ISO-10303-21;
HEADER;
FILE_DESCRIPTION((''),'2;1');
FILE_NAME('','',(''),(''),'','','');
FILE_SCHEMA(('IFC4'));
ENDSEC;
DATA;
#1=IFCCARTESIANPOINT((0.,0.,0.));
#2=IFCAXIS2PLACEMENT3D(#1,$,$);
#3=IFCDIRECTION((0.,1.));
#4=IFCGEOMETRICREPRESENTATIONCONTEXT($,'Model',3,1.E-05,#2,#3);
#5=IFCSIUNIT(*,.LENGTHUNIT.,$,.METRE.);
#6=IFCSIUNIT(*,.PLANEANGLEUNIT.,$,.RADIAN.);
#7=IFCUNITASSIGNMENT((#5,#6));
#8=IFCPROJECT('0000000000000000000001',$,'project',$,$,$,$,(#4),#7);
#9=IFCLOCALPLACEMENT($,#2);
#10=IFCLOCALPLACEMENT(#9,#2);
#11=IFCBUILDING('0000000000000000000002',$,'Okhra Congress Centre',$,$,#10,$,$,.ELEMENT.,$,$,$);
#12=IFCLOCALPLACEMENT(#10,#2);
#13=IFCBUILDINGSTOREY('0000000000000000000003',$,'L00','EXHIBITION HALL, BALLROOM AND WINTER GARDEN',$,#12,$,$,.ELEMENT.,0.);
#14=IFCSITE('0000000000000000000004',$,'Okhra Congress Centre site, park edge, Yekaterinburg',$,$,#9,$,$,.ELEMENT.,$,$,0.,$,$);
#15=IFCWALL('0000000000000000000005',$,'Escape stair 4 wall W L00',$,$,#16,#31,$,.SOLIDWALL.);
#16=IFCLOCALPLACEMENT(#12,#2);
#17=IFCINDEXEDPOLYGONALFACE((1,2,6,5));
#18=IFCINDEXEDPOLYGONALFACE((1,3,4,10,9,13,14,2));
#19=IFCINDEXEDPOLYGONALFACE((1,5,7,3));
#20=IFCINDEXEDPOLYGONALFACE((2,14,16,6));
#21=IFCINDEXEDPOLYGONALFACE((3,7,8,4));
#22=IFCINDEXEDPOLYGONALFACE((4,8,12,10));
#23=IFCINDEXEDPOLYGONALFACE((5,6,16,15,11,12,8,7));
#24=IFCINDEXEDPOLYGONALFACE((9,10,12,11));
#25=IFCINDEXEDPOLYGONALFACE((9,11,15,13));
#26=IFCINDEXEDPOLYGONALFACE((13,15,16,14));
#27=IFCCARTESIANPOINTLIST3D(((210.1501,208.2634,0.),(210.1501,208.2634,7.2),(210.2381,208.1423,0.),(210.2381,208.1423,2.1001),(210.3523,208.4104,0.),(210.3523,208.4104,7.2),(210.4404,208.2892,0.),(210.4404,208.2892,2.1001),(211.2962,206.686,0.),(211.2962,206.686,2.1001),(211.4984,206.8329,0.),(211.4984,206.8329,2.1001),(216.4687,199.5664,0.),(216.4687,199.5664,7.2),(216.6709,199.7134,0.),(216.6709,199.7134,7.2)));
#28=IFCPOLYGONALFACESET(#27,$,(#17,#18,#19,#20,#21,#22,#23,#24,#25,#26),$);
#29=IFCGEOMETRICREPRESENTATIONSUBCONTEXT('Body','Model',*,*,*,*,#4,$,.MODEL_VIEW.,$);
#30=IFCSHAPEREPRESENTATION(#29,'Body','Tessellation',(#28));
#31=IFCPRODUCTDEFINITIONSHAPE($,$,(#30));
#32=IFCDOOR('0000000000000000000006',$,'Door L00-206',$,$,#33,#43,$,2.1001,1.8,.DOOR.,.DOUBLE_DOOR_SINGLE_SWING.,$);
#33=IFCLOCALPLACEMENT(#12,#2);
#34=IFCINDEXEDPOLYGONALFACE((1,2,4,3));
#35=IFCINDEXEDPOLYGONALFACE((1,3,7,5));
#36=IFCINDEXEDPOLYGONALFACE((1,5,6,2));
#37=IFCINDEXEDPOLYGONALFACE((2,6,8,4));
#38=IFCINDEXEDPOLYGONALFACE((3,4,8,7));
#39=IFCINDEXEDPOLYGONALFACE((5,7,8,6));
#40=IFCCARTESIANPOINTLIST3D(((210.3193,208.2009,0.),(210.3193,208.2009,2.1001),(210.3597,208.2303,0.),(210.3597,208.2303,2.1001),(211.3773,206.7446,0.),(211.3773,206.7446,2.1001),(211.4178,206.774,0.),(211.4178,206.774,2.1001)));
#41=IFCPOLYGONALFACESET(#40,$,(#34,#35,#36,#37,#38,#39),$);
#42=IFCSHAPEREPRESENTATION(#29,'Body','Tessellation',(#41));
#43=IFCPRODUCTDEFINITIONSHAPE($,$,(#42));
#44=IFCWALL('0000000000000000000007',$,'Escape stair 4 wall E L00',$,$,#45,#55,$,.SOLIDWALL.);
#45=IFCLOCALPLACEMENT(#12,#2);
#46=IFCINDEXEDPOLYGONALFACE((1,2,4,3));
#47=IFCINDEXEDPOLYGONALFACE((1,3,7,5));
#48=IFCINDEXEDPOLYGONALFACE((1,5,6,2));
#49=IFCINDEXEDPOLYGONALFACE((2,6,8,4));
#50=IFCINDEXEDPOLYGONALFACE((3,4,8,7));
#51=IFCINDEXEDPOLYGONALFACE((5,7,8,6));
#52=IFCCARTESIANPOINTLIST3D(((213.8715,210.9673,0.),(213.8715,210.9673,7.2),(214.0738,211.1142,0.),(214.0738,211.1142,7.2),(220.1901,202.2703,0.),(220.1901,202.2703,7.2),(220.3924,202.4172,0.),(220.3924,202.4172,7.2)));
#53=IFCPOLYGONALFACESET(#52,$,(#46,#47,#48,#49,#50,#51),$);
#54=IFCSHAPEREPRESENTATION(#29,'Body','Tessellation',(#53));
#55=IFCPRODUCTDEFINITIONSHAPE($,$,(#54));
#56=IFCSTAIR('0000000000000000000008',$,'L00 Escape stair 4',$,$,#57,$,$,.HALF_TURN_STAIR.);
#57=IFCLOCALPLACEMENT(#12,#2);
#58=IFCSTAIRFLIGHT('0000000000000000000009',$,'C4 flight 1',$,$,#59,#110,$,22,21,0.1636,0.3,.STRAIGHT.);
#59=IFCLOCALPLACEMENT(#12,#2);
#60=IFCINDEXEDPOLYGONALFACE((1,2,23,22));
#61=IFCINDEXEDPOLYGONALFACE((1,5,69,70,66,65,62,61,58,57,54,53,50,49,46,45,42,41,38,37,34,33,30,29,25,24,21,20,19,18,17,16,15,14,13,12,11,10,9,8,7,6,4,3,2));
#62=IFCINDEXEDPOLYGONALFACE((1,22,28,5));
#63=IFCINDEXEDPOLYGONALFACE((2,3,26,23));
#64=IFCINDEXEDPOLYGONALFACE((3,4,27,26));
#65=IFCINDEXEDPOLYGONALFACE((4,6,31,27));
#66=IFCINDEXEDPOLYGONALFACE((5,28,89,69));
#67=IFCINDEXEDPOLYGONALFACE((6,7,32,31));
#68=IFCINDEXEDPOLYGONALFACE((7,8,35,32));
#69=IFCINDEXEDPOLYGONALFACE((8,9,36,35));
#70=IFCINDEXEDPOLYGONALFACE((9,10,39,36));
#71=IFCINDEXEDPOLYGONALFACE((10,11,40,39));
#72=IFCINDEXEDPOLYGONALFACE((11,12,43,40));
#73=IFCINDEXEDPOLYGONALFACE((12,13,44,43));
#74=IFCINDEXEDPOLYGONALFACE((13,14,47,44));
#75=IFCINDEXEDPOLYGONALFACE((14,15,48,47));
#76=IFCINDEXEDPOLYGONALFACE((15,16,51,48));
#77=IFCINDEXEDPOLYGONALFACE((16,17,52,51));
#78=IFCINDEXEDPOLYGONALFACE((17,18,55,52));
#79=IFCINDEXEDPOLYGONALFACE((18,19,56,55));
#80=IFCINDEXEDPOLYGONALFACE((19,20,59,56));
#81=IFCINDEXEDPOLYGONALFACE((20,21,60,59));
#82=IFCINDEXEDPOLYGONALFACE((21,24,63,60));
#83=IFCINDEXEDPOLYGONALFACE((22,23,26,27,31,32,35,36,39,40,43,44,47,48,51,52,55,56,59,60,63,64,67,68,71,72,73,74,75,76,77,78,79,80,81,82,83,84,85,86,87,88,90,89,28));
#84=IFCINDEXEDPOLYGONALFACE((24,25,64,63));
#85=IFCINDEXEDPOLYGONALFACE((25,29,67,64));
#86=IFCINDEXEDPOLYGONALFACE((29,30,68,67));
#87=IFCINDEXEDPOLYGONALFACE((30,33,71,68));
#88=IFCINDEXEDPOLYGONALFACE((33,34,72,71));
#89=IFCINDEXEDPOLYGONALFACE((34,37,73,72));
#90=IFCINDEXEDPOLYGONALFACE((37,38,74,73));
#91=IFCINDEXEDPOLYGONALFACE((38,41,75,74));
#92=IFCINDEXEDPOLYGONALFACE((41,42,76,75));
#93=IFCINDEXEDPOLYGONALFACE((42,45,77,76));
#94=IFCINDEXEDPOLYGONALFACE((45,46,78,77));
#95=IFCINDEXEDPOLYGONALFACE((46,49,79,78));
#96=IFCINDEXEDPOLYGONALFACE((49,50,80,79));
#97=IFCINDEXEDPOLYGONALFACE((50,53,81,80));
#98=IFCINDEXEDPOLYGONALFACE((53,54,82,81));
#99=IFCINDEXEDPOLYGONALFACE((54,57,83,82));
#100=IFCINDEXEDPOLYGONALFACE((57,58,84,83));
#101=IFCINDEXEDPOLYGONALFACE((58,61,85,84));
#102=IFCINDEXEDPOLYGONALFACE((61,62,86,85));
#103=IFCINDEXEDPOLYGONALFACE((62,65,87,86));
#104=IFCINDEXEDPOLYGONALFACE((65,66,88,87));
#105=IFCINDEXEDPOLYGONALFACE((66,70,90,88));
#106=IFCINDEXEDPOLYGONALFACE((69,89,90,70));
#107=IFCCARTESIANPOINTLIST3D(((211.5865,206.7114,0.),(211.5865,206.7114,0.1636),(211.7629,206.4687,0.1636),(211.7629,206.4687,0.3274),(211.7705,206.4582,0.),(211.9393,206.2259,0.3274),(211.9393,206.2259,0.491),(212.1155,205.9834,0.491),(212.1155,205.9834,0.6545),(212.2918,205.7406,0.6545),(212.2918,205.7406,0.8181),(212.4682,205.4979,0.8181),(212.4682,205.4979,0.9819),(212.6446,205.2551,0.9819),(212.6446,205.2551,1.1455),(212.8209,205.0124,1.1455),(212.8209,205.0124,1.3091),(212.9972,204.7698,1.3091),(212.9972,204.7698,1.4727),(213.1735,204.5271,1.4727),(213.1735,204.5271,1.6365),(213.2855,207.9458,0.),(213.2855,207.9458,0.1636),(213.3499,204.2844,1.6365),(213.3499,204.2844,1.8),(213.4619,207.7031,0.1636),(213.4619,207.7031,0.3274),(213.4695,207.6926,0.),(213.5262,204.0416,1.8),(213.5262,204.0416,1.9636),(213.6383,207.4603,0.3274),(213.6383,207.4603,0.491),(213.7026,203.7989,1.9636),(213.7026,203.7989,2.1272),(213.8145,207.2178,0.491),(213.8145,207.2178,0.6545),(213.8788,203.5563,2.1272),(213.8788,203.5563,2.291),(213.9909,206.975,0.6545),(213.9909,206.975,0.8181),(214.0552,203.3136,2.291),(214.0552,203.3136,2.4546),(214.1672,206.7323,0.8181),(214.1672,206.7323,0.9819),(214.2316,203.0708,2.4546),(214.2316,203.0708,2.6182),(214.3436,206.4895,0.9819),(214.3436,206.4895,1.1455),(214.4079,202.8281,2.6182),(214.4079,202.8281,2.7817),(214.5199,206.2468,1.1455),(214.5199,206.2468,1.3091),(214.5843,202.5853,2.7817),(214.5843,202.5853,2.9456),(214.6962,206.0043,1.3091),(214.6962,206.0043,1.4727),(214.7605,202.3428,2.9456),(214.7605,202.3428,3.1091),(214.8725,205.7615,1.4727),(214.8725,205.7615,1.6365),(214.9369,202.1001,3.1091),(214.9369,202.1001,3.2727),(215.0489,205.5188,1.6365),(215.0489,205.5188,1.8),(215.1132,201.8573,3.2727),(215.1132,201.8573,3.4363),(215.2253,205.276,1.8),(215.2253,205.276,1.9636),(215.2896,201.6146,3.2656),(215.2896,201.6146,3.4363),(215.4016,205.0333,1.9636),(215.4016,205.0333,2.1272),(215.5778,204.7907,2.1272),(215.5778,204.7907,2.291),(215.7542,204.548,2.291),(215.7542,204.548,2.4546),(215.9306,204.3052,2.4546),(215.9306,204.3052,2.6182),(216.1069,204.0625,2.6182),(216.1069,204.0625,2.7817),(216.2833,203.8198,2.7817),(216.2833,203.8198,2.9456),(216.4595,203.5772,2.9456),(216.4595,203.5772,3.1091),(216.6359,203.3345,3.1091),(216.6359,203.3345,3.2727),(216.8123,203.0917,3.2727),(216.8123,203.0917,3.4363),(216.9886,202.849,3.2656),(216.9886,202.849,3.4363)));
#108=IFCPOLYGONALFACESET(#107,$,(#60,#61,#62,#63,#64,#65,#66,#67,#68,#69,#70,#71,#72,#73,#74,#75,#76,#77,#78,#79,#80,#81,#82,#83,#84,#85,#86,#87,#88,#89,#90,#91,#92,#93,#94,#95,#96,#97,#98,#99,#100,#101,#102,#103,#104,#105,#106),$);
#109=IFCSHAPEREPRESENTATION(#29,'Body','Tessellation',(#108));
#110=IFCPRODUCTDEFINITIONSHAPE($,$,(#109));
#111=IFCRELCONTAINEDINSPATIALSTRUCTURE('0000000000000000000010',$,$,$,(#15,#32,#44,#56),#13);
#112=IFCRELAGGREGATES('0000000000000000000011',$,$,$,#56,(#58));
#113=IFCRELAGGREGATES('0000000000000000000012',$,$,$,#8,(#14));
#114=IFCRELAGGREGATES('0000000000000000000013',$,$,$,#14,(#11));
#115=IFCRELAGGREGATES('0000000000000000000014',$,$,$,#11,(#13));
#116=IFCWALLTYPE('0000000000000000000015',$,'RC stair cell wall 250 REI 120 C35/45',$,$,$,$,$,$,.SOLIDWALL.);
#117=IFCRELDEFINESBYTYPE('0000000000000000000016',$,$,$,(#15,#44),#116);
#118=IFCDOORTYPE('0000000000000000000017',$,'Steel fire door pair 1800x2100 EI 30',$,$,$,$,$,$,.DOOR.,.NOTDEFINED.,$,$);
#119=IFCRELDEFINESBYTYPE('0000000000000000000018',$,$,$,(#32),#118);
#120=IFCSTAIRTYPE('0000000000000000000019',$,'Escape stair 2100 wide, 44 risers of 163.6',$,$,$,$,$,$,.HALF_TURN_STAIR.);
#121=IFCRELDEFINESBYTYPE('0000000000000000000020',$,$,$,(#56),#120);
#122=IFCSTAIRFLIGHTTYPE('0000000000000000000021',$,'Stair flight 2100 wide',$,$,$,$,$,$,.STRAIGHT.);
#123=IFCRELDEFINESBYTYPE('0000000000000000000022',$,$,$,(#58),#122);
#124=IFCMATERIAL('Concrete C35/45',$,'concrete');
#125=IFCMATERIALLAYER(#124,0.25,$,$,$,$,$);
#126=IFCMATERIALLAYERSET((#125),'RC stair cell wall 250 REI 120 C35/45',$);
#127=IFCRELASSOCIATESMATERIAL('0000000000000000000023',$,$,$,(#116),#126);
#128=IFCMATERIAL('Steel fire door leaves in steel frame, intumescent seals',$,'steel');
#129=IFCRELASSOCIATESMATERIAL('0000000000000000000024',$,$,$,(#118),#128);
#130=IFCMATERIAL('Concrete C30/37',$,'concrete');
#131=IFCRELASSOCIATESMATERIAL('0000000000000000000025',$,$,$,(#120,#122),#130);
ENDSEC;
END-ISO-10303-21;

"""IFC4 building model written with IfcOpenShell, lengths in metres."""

from ifc_helpers import new_model, si_unit, direction, frame, frame_2d, origin, place, context, subcontext, project, spatial, polyline, rectangle, outline, extrude, material, layer, layer_set, type_object, element, fill, aggregate, save


model = new_model("IFC4")

# Units and contexts
model_context = context("Model", 3, precision=1e-05, world=origin(), true_north=direction((0.0, 1.0)))
body_context = subcontext(model_context, "Body", "Model", "MODEL_VIEW")
ifc_project = project(units=[si_unit("LENGTHUNIT", "METRE"), si_unit("PLANEANGLEUNIT", "RADIAN")], contexts=[model_context])

# Site, building, storey
site_placement = place(None, origin())
site = spatial("IfcSite", under=ifc_project, at=site_placement, Name="Okhra Congress Centre site, park edge, Yekaterinburg", CompositionType="ELEMENT", RefElevation=0.0)
building_placement = place(site_placement, origin())
building = spatial("IfcBuilding", under=site, at=building_placement, Name="Okhra Congress Centre", CompositionType="ELEMENT")
storey_placement = place(building_placement, origin())
storey = spatial("IfcBuildingStorey", under=building, at=storey_placement, Name="L00", Description="EXHIBITION HALL, BALLROOM AND WINTER GARDEN", CompositionType="ELEMENT", Elevation=0.0)

# Shared definitions
ifc_material_1 = material(Name="Concrete C30/37", Category="concrete")

# Shared definitions
ifc_material_2 = material(Name="Concrete C35/45", Category="concrete")

# Wall, opening, door
ifc_layer_1 = layer(ifc_material_2, 0.25)
ifc_layer_set_1 = layer_set([ifc_layer_1], Name="RC stair cell wall 250 REI 120 C35/45")
wall_type_1 = type_object("IfcWallType", Name="RC stair cell wall 250 REI 120 C35/45", PredefinedType="SOLIDWALL", material=ifc_layer_set_1)
wall_1_placement = place(storey_placement, frame((210.2512, 208.3369, 0.0), z_axis=(0.0, 0.0, 1.0), x_axis=(0.587776, -0.809024, 0.0)))
wall_1 = element("IfcWall", 1, at=wall_1_placement, inside=storey, type_object=wall_type_1, Name="Escape stair 4 wall W L00", PredefinedType="SOLIDWALL", context=body_context, shape_type="SweptSolid", body=[
    extrude(rectangle(XDim=10.75, YDim=0.25, at=frame_2d((5.375, 0.0))), origin(), (0.0, 0.0, 1.0), 7.2),
])
opening_placement = place(wall_1_placement, frame((0.1499, 0.0, 0.0)))
opening = element("IfcOpeningElement", 2, at=opening_placement, cuts=wall_1, PredefinedType="OPENING", context=body_context, shape_type="SweptSolid", body=[
    extrude(rectangle(XDim=1.8, YDim=2.1001, at=frame_2d((0.8999, 1.05))), frame((0.0, 0.135, 0.0), z_axis=(0.0, -1.0, 0.0), x_axis=(1.0, 0.0, 0.0)), (0.0, 0.0, 1.0), 0.27),
])
ifc_material_3 = material(Name="Steel fire door leaves in steel frame, intumescent seals", Category="steel")
door_type = type_object("IfcDoorType", Name="Steel fire door pair 1800x2100 EI 30", OperationType="NOTDEFINED", PredefinedType="DOOR", material=ifc_material_3)
door_placement = place(opening_placement, frame((1.8, 0.0, 0.0), z_axis=(0.0, 0.0, 1.0), x_axis=(-1.0, 0.0, 0.0)))
door = element("IfcDoor", 3, at=door_placement, inside=storey, type_object=door_type, Name="Door L00-206", OperationType="DOUBLE_DOOR_SINGLE_SWING", OverallHeight=2.1001, OverallWidth=1.8, PredefinedType="DOOR", context=body_context, shape_type="SweptSolid", body=[
    extrude(rectangle(XDim=1.8, YDim=2.1001, at=frame_2d((0.8999, 1.05))), frame((0.0, 0.0249, 0.0), z_axis=(0.0, -1.0, 0.0), x_axis=(1.0, 0.0, 0.0)), (0.0, 0.0, 1.0), 0.05),
])
fill(opening, door)

# Wall
wall_2_placement = place(storey_placement, frame((213.9727, 211.0408, 0.0), z_axis=(0.0, 0.0, 1.0), x_axis=(0.587776, -0.809024, 0.0)))
element("IfcWall", 4, at=wall_2_placement, inside=storey, type_object=wall_type_1, Name="Escape stair 4 wall E L00", PredefinedType="SOLIDWALL", context=body_context, shape_type="SweptSolid", body=[
    extrude(rectangle(XDim=10.75, YDim=0.25, at=frame_2d((5.375, 0.0))), origin(), (0.0, 0.0, 1.0), 7.2),
])

# Stair, stair flight
stair_type = type_object("IfcStairType", Name="Escape stair 2100 wide, 44 risers of 163.6", PredefinedType="HALF_TURN_STAIR", material=ifc_material_1)
stair_placement = place(storey_placement, origin())
stair = element("IfcStair", 5, at=stair_placement, inside=storey, type_object=stair_type, Name="L00 Escape stair 4", PredefinedType="HALF_TURN_STAIR")
stair_flight_type = type_object("IfcStairFlightType", Name="Stair flight 2100 wide", PredefinedType="STRAIGHT", material=ifc_material_1)
stair_flight_placement = place(storey_placement, frame((212.436, 207.3286, 0.0), z_axis=(0.0, 0.0, 1.0), x_axis=(0.587785, -0.809017, 0.0)))
stair_flight = element("IfcStairFlight", 6, at=stair_flight_placement, type_object=stair_flight_type, Name="C4 flight 1", NumberOfRisers=22, NumberOfTreads=21, PredefinedType="STRAIGHT", RiserHeight=0.1636, TreadLength=0.3, context=body_context, shape_type="SweptSolid", body=[
    extrude(outline(polyline([(0.0, 0.0), (0.0, 0.1636), (0.3, 0.1636), (0.3, 0.3274), (0.6001, 0.3274), (0.6001, 0.491), (0.8999, 0.491), (0.8999, 0.6545), (1.2, 0.6545), (1.2, 0.8181), (1.5, 0.8181), (1.5, 0.9819), (1.8, 0.9819), (1.8, 1.1455), (2.1001, 1.1455), (2.1001, 1.3091), (2.3999, 1.3091), (2.3999, 1.4727), (2.7, 1.4727), (2.7, 1.6365), (3.0, 1.6365), (3.0, 1.8), (3.3, 1.8), (3.3, 1.9636), (3.6001, 1.9636), (3.6001, 2.1272), (3.8999, 2.1272), (3.8999, 2.291), (4.2, 2.291), (4.2, 2.4546), (4.5, 2.4546), (4.5, 2.6182), (4.8, 2.6182), (4.8, 2.7817), (5.1001, 2.7817), (5.1001, 2.9456), (5.3999, 2.9456), (5.3999, 3.1091), (5.7, 3.1091), (5.7, 3.2727), (6.0, 3.2727), (6.0, 3.4363), (6.3, 3.4363), (6.3, 3.6001), (6.3, 3.2656), (0.313, 0.0), (0.0, 0.0)])), frame((0.0, 1.05, 0.0), z_axis=(0.0, -1.0, 0.0), x_axis=(1.0, 0.0, 0.0)), (0.0, 0.0, 1.0), 2.1001),
])
aggregate(stair, [stair_flight])

save(model, "model.ifc")
